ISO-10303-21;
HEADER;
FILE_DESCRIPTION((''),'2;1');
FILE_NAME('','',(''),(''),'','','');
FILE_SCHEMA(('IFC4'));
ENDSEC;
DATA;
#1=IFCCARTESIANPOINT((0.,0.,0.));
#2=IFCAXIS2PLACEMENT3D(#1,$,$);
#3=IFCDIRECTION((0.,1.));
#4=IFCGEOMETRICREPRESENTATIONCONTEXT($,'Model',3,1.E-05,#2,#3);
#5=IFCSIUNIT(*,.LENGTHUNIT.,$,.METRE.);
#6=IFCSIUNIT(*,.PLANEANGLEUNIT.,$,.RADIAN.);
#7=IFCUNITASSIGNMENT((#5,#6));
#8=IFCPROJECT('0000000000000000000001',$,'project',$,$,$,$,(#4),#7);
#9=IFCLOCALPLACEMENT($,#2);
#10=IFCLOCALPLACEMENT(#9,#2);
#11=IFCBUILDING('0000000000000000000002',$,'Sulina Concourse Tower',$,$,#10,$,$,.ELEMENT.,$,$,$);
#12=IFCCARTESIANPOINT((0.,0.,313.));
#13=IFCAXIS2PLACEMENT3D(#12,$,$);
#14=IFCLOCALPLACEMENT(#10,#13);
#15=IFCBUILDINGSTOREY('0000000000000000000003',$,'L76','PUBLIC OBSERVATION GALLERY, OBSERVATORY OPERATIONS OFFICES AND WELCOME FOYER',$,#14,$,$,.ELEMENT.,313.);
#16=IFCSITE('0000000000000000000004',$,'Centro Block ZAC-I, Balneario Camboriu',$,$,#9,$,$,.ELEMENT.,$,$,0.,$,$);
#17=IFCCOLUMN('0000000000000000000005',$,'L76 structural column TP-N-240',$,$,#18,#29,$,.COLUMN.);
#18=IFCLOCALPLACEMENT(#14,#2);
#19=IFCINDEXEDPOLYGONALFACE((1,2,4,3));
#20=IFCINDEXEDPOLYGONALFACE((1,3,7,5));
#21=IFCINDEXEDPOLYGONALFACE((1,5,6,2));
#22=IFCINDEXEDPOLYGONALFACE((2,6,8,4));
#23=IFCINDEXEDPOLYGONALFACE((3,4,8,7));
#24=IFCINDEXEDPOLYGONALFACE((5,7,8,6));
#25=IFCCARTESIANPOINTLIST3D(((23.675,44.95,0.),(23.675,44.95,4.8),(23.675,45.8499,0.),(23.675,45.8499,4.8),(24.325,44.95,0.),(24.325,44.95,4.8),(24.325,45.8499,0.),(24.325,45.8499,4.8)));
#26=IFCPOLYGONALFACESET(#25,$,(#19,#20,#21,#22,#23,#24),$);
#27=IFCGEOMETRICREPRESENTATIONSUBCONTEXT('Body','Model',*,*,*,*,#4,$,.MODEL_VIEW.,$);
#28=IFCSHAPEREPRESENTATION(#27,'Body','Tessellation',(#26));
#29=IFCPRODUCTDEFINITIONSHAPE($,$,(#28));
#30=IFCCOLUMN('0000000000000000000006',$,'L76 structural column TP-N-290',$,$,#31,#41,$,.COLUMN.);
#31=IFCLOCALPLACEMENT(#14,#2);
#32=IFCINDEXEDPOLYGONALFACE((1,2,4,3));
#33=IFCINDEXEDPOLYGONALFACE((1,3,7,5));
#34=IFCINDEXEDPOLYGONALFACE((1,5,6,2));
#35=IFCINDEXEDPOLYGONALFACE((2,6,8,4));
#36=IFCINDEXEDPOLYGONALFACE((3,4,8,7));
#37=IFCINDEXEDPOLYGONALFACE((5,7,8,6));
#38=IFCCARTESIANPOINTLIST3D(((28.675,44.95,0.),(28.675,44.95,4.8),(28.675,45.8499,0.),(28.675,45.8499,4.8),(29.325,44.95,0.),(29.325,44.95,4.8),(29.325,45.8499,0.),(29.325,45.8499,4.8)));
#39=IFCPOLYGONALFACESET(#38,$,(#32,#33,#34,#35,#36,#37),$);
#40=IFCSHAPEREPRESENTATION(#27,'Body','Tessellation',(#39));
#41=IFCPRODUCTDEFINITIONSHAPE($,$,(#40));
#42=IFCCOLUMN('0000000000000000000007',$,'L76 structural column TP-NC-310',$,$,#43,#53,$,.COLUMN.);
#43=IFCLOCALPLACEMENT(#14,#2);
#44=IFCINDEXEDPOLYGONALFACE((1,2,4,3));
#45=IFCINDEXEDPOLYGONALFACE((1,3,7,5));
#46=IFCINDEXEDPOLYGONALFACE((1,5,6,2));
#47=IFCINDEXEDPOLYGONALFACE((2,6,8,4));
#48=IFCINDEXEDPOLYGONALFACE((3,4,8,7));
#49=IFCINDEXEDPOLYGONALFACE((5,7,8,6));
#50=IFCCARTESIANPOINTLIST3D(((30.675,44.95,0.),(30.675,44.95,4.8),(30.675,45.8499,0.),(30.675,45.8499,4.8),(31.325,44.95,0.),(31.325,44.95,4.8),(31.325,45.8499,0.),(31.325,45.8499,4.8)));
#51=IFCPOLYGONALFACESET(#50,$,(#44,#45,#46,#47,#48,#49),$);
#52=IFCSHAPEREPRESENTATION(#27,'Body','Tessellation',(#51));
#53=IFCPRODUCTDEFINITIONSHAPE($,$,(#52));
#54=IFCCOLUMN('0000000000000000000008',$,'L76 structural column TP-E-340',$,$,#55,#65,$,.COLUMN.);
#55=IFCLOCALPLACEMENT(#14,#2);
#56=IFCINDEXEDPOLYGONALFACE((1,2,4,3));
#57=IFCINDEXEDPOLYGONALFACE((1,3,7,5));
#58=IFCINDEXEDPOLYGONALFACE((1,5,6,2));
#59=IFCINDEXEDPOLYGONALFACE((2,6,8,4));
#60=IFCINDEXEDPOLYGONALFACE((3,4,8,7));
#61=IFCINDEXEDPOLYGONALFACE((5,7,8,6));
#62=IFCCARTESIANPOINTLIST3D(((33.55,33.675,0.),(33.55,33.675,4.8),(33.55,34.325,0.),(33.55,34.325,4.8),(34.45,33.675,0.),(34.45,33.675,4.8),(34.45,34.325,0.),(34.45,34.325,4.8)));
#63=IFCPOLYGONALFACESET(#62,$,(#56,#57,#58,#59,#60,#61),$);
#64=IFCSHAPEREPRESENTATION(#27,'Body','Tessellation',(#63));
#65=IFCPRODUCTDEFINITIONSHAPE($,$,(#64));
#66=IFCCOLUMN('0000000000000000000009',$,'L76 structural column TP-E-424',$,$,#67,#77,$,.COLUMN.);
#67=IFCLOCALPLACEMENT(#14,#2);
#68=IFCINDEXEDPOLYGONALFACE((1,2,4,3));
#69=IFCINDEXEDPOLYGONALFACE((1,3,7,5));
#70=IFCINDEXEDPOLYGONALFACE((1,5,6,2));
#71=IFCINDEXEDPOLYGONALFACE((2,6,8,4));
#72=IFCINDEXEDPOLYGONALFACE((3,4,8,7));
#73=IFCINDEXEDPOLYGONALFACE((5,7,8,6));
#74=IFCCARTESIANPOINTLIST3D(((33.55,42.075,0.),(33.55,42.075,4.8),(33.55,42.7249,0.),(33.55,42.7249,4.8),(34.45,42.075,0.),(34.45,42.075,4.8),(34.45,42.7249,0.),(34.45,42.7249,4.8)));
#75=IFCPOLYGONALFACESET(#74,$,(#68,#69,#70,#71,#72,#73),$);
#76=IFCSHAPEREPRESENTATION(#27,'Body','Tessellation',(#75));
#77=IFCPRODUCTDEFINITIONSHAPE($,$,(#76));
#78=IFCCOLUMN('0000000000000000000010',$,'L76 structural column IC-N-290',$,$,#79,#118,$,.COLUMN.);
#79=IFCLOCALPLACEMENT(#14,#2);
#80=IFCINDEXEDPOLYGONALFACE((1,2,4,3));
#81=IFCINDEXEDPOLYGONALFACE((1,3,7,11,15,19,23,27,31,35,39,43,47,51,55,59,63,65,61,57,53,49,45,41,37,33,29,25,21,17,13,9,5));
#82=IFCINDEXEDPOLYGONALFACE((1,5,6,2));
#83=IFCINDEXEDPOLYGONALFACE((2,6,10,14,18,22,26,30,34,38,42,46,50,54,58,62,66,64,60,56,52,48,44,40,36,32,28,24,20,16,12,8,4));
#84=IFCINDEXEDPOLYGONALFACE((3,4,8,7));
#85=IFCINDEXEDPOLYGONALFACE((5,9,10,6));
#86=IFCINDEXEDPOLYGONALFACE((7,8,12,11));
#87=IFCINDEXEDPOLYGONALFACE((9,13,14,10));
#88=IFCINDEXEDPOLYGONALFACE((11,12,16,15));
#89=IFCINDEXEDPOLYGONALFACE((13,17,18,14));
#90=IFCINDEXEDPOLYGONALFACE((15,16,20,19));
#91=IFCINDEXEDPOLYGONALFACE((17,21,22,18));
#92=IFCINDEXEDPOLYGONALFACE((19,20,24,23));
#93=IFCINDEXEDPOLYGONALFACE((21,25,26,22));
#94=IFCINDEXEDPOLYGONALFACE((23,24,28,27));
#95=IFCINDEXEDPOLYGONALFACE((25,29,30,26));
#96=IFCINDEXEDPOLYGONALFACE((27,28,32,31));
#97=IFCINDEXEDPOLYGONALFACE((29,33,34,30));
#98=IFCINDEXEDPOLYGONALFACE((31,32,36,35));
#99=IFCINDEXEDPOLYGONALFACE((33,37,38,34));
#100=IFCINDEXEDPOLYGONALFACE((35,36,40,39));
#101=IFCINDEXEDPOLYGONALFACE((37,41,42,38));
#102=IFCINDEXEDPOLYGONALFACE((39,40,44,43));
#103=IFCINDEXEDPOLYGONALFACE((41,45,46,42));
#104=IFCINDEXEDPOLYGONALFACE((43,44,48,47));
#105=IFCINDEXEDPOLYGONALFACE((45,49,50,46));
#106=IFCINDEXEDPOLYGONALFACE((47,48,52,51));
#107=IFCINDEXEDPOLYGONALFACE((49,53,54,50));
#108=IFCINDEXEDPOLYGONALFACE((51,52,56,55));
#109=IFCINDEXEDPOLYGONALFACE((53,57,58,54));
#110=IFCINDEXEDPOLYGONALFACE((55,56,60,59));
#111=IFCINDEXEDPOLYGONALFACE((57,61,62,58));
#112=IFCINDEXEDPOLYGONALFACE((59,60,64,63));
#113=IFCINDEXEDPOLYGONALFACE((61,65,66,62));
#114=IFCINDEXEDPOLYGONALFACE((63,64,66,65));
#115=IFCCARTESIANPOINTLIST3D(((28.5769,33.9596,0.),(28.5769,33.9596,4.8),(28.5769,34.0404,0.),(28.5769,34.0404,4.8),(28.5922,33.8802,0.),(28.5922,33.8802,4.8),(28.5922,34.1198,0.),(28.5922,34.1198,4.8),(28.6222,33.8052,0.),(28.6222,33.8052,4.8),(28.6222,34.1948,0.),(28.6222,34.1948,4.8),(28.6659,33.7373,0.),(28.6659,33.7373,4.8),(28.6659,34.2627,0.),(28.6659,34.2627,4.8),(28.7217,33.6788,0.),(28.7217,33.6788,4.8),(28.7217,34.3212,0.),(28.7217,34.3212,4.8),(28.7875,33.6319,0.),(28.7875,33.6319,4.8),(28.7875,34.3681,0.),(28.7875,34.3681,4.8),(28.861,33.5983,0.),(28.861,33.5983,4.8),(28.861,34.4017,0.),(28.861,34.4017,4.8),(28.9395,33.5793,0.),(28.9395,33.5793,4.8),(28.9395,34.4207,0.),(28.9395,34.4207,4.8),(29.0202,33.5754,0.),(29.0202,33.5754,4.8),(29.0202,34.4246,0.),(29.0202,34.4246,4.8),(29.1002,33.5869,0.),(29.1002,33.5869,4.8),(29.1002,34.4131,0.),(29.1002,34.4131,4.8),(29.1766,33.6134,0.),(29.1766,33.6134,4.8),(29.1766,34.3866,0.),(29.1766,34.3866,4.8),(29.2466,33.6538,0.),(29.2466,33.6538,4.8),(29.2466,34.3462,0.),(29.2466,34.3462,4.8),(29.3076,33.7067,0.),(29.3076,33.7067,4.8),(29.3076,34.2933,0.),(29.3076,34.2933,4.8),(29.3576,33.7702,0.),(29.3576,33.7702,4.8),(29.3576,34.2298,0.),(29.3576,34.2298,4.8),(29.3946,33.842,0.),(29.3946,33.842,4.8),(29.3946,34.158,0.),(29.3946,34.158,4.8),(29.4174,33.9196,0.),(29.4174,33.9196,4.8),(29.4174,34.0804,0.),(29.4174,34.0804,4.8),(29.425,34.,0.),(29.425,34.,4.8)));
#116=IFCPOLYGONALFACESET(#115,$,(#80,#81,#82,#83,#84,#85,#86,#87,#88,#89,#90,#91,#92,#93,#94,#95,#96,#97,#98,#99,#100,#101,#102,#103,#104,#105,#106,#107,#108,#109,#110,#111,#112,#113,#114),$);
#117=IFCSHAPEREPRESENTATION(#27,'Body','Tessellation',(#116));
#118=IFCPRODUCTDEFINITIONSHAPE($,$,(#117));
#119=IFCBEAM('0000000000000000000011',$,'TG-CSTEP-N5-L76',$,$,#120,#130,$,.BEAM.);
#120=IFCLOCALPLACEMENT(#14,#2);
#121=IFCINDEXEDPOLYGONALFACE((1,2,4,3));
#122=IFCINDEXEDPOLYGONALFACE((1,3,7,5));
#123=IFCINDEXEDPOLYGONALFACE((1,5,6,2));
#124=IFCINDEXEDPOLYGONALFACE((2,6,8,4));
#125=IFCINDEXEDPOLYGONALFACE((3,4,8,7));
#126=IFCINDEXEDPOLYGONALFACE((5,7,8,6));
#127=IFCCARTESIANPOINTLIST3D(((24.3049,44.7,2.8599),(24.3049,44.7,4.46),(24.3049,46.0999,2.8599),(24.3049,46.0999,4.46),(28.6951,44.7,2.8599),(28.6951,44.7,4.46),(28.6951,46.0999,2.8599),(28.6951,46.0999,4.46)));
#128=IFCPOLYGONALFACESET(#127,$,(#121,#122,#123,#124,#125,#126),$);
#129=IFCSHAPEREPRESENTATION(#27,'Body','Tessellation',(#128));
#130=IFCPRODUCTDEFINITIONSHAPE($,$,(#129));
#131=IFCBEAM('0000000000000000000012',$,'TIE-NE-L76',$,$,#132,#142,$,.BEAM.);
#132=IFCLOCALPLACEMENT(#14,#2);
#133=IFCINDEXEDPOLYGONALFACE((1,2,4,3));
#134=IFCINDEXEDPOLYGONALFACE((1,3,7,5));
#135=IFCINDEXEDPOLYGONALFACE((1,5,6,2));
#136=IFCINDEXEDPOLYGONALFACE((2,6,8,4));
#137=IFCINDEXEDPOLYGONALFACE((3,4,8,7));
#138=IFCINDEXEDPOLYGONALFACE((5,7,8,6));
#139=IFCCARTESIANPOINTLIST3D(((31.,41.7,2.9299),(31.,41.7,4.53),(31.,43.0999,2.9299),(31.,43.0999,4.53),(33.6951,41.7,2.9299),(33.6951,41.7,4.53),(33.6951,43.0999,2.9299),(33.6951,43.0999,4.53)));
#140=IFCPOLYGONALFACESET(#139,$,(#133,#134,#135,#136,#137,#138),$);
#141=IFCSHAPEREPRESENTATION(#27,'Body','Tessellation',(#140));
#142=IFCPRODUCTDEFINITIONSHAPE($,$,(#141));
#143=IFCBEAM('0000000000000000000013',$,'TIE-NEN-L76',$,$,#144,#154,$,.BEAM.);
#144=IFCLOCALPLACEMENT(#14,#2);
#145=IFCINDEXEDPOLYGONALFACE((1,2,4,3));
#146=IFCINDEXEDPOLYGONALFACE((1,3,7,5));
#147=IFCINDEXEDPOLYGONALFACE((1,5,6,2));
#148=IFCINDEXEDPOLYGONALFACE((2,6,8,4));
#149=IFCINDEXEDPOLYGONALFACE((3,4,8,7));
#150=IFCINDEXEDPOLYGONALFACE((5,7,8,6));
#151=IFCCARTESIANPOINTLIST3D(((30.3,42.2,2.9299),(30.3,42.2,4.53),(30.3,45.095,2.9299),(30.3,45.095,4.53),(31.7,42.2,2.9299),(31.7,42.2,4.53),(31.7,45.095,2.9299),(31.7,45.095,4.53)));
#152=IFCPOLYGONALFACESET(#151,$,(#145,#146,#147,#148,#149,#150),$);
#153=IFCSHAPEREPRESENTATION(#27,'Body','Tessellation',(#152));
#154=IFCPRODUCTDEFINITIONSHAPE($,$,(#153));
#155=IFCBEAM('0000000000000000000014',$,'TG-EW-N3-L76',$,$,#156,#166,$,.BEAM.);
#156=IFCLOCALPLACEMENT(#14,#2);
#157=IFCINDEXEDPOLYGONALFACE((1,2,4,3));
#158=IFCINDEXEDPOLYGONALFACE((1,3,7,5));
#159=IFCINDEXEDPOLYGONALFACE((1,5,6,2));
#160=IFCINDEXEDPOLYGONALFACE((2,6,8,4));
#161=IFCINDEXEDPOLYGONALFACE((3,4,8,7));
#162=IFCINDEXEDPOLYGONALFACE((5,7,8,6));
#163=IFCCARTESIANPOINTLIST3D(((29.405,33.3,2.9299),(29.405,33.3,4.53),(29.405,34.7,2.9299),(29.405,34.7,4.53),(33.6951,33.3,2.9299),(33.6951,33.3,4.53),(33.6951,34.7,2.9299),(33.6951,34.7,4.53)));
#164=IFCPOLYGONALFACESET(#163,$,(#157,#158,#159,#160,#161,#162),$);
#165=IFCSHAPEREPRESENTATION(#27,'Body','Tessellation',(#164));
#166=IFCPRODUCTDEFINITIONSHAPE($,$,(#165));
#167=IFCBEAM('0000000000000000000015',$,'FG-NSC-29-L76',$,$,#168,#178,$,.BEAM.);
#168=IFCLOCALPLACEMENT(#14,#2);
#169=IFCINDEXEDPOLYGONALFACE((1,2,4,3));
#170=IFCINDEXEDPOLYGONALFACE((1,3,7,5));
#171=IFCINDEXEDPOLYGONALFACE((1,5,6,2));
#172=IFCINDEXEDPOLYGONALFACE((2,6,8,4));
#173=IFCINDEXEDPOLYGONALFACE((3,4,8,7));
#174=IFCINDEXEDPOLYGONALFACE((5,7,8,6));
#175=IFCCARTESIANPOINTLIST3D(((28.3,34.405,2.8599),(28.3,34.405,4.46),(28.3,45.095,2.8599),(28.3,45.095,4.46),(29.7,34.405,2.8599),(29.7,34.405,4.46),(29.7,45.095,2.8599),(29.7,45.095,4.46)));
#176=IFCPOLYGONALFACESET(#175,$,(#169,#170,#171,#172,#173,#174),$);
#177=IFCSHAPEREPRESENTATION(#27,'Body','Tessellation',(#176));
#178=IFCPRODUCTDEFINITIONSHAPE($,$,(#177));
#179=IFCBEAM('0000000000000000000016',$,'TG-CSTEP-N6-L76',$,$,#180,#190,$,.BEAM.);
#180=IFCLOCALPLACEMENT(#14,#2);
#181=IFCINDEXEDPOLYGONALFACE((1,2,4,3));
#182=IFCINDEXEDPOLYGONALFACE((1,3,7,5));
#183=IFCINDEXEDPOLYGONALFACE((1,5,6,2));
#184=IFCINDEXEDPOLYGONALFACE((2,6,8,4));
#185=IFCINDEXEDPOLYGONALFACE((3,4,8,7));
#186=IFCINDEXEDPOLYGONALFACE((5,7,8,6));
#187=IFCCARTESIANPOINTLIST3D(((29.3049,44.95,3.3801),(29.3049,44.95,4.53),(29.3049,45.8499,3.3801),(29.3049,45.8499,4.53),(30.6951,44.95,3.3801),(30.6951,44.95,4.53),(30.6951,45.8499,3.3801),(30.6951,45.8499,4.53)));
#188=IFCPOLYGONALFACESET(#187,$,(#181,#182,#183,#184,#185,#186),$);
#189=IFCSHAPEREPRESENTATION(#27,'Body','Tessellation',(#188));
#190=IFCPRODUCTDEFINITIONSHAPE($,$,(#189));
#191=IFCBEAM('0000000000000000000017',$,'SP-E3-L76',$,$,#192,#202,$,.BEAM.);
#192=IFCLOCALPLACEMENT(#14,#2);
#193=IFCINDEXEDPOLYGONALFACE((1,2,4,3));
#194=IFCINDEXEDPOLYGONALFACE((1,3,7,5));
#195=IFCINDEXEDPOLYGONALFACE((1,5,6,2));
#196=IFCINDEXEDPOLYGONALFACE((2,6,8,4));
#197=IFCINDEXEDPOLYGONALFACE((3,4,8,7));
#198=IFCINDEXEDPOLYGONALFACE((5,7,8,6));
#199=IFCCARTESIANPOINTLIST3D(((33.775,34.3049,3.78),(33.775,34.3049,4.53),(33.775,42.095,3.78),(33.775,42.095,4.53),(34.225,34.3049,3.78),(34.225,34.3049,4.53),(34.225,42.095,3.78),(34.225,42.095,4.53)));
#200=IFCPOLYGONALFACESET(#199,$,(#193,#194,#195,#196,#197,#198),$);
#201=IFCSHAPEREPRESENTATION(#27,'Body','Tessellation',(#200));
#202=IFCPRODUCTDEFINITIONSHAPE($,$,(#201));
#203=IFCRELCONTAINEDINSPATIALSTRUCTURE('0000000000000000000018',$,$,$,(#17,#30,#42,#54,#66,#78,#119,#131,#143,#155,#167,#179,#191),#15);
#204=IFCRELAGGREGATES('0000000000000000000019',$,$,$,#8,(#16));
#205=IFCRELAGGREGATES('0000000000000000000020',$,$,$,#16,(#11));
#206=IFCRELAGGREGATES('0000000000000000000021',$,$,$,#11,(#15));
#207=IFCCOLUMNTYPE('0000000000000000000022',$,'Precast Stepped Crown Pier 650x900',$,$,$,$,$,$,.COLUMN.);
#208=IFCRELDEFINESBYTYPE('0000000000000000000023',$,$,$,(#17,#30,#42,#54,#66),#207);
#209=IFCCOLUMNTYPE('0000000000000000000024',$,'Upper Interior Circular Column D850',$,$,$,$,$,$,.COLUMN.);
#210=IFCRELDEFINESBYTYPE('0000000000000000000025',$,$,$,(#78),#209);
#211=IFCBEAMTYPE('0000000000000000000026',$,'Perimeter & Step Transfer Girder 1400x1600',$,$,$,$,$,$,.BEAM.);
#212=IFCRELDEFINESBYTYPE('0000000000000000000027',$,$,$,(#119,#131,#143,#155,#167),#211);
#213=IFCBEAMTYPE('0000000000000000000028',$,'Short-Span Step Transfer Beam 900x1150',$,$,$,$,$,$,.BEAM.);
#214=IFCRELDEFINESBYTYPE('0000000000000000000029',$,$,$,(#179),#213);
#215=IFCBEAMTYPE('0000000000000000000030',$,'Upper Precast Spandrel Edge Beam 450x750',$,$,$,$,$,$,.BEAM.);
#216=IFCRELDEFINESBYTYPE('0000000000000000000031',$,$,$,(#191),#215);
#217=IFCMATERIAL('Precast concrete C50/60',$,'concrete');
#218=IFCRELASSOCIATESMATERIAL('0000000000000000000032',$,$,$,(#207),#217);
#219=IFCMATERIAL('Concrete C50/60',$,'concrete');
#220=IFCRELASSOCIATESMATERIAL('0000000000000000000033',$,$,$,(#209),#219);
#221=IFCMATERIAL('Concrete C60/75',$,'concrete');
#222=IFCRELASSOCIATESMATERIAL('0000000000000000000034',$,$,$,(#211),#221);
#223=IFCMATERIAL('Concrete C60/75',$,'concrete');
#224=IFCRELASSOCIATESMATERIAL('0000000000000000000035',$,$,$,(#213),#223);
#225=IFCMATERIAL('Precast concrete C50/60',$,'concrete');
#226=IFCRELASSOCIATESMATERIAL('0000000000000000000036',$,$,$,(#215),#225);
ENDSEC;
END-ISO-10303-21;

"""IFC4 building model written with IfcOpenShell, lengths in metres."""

from ifc_helpers import new_model, si_unit, direction, frame, origin, origin_2d, place, context, subcontext, project, spatial, rectangle, circle, extrude, material, material_profile, profile_set, type_object, element, save


model = new_model("IFC4")

# Units and contexts
model_context = context("Model", 3, precision=1e-05, world=origin(), true_north=direction((0.0, 1.0)))
body_context = subcontext(model_context, "Body", "Model", "MODEL_VIEW")
ifc_project = project(units=[si_unit("LENGTHUNIT", "METRE"), si_unit("PLANEANGLEUNIT", "RADIAN")], contexts=[model_context])

# Site, building, storey
site_placement = place(None, origin())
site = spatial("IfcSite", under=ifc_project, at=site_placement, Name="Centro Block ZAC-I, Balneario Camboriu", CompositionType="ELEMENT", RefElevation=0.0)
building_placement = place(site_placement, origin())
building = spatial("IfcBuilding", under=site, at=building_placement, Name="Sulina Concourse Tower", CompositionType="ELEMENT")
storey_placement = place(building_placement, frame((0.0, 0.0, 313.0)))
storey = spatial("IfcBuildingStorey", under=building, at=storey_placement, Name="L76", Description="PUBLIC OBSERVATION GALLERY, OBSERVATORY OPERATIONS OFFICES AND WELCOME FOYER", CompositionType="ELEMENT", Elevation=313.0)

# Columns
ifc_material_1 = material(Name="Precast concrete C50/60", Category="concrete")
ifc_material_profile_1 = material_profile(ifc_material_1, rectangle(XDim=0.6499, YDim=0.8999, at=origin_2d()), Name="PC 650x900")
ifc_profile_set_1 = profile_set([ifc_material_profile_1], Name="Precast concrete C50/60")
column_type_1 = type_object("IfcColumnType", Name="Precast Stepped Crown Pier 650x900", PredefinedType="COLUMN", material=ifc_profile_set_1)
for number, where, z_axis, x_axis, name in (
    (1, (24.0, 45.3999, 0.0), (0.0, 0.0, 1.0), (1.0, 0.0, 0.0), "L76 structural column TP-N-240"),
    (2, (29.0, 45.3999, 0.0), (0.0, 0.0, 1.0), (1.0, 0.0, 0.0), "L76 structural column TP-N-290"),
    (3, (31.0, 45.3999, 0.0), (0.0, 0.0, 1.0), (1.0, 0.0, 0.0), "L76 structural column TP-NC-310"),
    (4, (34.0, 34.0, 0.0), (0.0, 0.0, 1.0), (0.0, 1.0, 0.0), "L76 structural column TP-E-340"),
    (5, (34.0, 42.3999, 0.0), (0.0, 0.0, 1.0), (0.0, 1.0, 0.0), "L76 structural column TP-E-424"),
):
    element("IfcColumn", number, at=place(storey_placement, frame(where, z_axis=z_axis, x_axis=x_axis)), inside=storey, type_object=column_type_1, Name=name, PredefinedType="COLUMN", context=body_context, shape_type="SweptSolid", body=[
        extrude(rectangle(XDim=0.6499, YDim=0.8999, at=origin_2d()), origin(), (0.0, 0.0, 1.0), 4.8),
    ])
ifc_material_2 = material(Name="Concrete C50/60", Category="concrete")
ifc_material_profile_2 = material_profile(ifc_material_2, circle(Radius=0.425, at=origin_2d()), Name="RC D850")
ifc_profile_set_2 = profile_set([ifc_material_profile_2], Name="Concrete C50/60")
column_type_2 = type_object("IfcColumnType", Name="Upper Interior Circular Column D850", PredefinedType="COLUMN", material=ifc_profile_set_2)
column_placement = place(storey_placement, frame((29.0, 34.0, 0.0), z_axis=(0.0, 0.0, 1.0), x_axis=(1.0, 0.0, 0.0)))
element("IfcColumn", 6, at=column_placement, inside=storey, type_object=column_type_2, Name="L76 structural column IC-N-290", PredefinedType="COLUMN", context=body_context, shape_type="SweptSolid", body=[
    extrude(circle(Radius=0.425, at=origin_2d()), origin(), (0.0, 0.0, 1.0), 4.8),
])

# Beams
ifc_material_3 = material(Name="Concrete C60/75", Category="concrete")
ifc_material_profile_3 = material_profile(ifc_material_3, rectangle(XDim=1.3999, YDim=1.6001, at=origin_2d()), Name="RC 1400x1600")
ifc_profile_set_3 = profile_set([ifc_material_profile_3], Name="Concrete C60/75")
beam_type_1 = type_object("IfcBeamType", Name="Perimeter & Step Transfer Girder 1400x1600", PredefinedType="BEAM", material=ifc_profile_set_3)
beam_1_placement = place(storey_placement, frame((24.3049, 45.3999, 3.6599), z_axis=(1.0, 0.0, 0.0), x_axis=(0.0, 1.0, 0.0)))
element("IfcBeam", 7, at=beam_1_placement, inside=storey, type_object=beam_type_1, Name="TG-CSTEP-N5-L76", PredefinedType="BEAM", context=body_context, shape_type="SweptSolid", body=[
    extrude(rectangle(XDim=1.3999, YDim=1.6001, at=origin_2d()), origin(), (0.0, 0.0, 1.0), 4.3901),
])
beam_2_placement = place(storey_placement, frame((31.0, 42.3999, 3.73), z_axis=(1.0, 0.0, 0.0), x_axis=(0.0, 1.0, 0.0)))
element("IfcBeam", 8, at=beam_2_placement, inside=storey, type_object=beam_type_1, Name="TIE-NE-L76", PredefinedType="BEAM", context=body_context, shape_type="SweptSolid", body=[
    extrude(rectangle(XDim=1.3999, YDim=1.6001, at=origin_2d()), origin(), (0.0, 0.0, 1.0), 2.6951),
])
beam_3_placement = place(storey_placement, frame((31.0, 42.2, 3.73), z_axis=(0.0, 1.0, 0.0), x_axis=(-1.0, 0.0, 0.0)))
element("IfcBeam", 9, at=beam_3_placement, inside=storey, type_object=beam_type_1, Name="TIE-NEN-L76", PredefinedType="BEAM", context=body_context, shape_type="SweptSolid", body=[
    extrude(rectangle(XDim=1.3999, YDim=1.6001, at=origin_2d()), origin(), (0.0, 0.0, 1.0), 2.895),
])
beam_4_placement = place(storey_placement, frame((29.405, 34.0, 3.73), z_axis=(1.0, 0.0, 0.0), x_axis=(0.0, 1.0, 0.0)))
element("IfcBeam", 10, at=beam_4_placement, inside=storey, type_object=beam_type_1, Name="TG-EW-N3-L76", PredefinedType="BEAM", context=body_context, shape_type="SweptSolid", body=[
    extrude(rectangle(XDim=1.3999, YDim=1.6001, at=origin_2d()), origin(), (0.0, 0.0, 1.0), 4.29),
])
beam_5_placement = place(storey_placement, frame((29.0, 34.405, 3.6599), z_axis=(0.0, 1.0, 0.0), x_axis=(-1.0, 0.0, 0.0)))
element("IfcBeam", 11, at=beam_5_placement, inside=storey, type_object=beam_type_1, Name="FG-NSC-29-L76", PredefinedType="BEAM", context=body_context, shape_type="SweptSolid", body=[
    extrude(rectangle(XDim=1.3999, YDim=1.6001, at=origin_2d()), origin(), (0.0, 0.0, 1.0), 10.6899),
])
ifc_material_4 = material(Name="Concrete C60/75", Category="concrete")
ifc_material_profile_4 = material_profile(ifc_material_4, rectangle(XDim=0.8999, YDim=1.1499, at=origin_2d()), Name="RC 900x1150")
ifc_profile_set_4 = profile_set([ifc_material_profile_4], Name="Concrete C60/75")
beam_type_2 = type_object("IfcBeamType", Name="Short-Span Step Transfer Beam 900x1150", PredefinedType="BEAM", material=ifc_profile_set_4)
beam_6_placement = place(storey_placement, frame((29.3049, 45.3999, 3.9551), z_axis=(1.0, 0.0, 0.0), x_axis=(0.0, 1.0, 0.0)))
element("IfcBeam", 12, at=beam_6_placement, inside=storey, type_object=beam_type_2, Name="TG-CSTEP-N6-L76", PredefinedType="BEAM", context=body_context, shape_type="SweptSolid", body=[
    extrude(rectangle(XDim=0.8999, YDim=1.1499, at=origin_2d()), origin(), (0.0, 0.0, 1.0), 1.3901),
])
ifc_material_5 = material(Name="Precast concrete C50/60", Category="concrete")
ifc_material_profile_5 = material_profile(ifc_material_5, rectangle(XDim=0.45, YDim=0.75, at=origin_2d()), Name="RC 450x750")
ifc_profile_set_5 = profile_set([ifc_material_profile_5], Name="Precast concrete C50/60")
beam_type_3 = type_object("IfcBeamType", Name="Upper Precast Spandrel Edge Beam 450x750", PredefinedType="BEAM", material=ifc_profile_set_5)
beam_7_placement = place(storey_placement, frame((34.0, 34.3049, 4.155), z_axis=(0.0, 1.0, 0.0), x_axis=(-1.0, 0.0, 0.0)))
element("IfcBeam", 13, at=beam_7_placement, inside=storey, type_object=beam_type_3, Name="SP-E3-L76", PredefinedType="BEAM", context=body_context, shape_type="SweptSolid", body=[
    extrude(rectangle(XDim=0.45, YDim=0.75, at=origin_2d()), origin(), (0.0, 0.0, 1.0), 7.79),
])

save(model, "model.ifc")
